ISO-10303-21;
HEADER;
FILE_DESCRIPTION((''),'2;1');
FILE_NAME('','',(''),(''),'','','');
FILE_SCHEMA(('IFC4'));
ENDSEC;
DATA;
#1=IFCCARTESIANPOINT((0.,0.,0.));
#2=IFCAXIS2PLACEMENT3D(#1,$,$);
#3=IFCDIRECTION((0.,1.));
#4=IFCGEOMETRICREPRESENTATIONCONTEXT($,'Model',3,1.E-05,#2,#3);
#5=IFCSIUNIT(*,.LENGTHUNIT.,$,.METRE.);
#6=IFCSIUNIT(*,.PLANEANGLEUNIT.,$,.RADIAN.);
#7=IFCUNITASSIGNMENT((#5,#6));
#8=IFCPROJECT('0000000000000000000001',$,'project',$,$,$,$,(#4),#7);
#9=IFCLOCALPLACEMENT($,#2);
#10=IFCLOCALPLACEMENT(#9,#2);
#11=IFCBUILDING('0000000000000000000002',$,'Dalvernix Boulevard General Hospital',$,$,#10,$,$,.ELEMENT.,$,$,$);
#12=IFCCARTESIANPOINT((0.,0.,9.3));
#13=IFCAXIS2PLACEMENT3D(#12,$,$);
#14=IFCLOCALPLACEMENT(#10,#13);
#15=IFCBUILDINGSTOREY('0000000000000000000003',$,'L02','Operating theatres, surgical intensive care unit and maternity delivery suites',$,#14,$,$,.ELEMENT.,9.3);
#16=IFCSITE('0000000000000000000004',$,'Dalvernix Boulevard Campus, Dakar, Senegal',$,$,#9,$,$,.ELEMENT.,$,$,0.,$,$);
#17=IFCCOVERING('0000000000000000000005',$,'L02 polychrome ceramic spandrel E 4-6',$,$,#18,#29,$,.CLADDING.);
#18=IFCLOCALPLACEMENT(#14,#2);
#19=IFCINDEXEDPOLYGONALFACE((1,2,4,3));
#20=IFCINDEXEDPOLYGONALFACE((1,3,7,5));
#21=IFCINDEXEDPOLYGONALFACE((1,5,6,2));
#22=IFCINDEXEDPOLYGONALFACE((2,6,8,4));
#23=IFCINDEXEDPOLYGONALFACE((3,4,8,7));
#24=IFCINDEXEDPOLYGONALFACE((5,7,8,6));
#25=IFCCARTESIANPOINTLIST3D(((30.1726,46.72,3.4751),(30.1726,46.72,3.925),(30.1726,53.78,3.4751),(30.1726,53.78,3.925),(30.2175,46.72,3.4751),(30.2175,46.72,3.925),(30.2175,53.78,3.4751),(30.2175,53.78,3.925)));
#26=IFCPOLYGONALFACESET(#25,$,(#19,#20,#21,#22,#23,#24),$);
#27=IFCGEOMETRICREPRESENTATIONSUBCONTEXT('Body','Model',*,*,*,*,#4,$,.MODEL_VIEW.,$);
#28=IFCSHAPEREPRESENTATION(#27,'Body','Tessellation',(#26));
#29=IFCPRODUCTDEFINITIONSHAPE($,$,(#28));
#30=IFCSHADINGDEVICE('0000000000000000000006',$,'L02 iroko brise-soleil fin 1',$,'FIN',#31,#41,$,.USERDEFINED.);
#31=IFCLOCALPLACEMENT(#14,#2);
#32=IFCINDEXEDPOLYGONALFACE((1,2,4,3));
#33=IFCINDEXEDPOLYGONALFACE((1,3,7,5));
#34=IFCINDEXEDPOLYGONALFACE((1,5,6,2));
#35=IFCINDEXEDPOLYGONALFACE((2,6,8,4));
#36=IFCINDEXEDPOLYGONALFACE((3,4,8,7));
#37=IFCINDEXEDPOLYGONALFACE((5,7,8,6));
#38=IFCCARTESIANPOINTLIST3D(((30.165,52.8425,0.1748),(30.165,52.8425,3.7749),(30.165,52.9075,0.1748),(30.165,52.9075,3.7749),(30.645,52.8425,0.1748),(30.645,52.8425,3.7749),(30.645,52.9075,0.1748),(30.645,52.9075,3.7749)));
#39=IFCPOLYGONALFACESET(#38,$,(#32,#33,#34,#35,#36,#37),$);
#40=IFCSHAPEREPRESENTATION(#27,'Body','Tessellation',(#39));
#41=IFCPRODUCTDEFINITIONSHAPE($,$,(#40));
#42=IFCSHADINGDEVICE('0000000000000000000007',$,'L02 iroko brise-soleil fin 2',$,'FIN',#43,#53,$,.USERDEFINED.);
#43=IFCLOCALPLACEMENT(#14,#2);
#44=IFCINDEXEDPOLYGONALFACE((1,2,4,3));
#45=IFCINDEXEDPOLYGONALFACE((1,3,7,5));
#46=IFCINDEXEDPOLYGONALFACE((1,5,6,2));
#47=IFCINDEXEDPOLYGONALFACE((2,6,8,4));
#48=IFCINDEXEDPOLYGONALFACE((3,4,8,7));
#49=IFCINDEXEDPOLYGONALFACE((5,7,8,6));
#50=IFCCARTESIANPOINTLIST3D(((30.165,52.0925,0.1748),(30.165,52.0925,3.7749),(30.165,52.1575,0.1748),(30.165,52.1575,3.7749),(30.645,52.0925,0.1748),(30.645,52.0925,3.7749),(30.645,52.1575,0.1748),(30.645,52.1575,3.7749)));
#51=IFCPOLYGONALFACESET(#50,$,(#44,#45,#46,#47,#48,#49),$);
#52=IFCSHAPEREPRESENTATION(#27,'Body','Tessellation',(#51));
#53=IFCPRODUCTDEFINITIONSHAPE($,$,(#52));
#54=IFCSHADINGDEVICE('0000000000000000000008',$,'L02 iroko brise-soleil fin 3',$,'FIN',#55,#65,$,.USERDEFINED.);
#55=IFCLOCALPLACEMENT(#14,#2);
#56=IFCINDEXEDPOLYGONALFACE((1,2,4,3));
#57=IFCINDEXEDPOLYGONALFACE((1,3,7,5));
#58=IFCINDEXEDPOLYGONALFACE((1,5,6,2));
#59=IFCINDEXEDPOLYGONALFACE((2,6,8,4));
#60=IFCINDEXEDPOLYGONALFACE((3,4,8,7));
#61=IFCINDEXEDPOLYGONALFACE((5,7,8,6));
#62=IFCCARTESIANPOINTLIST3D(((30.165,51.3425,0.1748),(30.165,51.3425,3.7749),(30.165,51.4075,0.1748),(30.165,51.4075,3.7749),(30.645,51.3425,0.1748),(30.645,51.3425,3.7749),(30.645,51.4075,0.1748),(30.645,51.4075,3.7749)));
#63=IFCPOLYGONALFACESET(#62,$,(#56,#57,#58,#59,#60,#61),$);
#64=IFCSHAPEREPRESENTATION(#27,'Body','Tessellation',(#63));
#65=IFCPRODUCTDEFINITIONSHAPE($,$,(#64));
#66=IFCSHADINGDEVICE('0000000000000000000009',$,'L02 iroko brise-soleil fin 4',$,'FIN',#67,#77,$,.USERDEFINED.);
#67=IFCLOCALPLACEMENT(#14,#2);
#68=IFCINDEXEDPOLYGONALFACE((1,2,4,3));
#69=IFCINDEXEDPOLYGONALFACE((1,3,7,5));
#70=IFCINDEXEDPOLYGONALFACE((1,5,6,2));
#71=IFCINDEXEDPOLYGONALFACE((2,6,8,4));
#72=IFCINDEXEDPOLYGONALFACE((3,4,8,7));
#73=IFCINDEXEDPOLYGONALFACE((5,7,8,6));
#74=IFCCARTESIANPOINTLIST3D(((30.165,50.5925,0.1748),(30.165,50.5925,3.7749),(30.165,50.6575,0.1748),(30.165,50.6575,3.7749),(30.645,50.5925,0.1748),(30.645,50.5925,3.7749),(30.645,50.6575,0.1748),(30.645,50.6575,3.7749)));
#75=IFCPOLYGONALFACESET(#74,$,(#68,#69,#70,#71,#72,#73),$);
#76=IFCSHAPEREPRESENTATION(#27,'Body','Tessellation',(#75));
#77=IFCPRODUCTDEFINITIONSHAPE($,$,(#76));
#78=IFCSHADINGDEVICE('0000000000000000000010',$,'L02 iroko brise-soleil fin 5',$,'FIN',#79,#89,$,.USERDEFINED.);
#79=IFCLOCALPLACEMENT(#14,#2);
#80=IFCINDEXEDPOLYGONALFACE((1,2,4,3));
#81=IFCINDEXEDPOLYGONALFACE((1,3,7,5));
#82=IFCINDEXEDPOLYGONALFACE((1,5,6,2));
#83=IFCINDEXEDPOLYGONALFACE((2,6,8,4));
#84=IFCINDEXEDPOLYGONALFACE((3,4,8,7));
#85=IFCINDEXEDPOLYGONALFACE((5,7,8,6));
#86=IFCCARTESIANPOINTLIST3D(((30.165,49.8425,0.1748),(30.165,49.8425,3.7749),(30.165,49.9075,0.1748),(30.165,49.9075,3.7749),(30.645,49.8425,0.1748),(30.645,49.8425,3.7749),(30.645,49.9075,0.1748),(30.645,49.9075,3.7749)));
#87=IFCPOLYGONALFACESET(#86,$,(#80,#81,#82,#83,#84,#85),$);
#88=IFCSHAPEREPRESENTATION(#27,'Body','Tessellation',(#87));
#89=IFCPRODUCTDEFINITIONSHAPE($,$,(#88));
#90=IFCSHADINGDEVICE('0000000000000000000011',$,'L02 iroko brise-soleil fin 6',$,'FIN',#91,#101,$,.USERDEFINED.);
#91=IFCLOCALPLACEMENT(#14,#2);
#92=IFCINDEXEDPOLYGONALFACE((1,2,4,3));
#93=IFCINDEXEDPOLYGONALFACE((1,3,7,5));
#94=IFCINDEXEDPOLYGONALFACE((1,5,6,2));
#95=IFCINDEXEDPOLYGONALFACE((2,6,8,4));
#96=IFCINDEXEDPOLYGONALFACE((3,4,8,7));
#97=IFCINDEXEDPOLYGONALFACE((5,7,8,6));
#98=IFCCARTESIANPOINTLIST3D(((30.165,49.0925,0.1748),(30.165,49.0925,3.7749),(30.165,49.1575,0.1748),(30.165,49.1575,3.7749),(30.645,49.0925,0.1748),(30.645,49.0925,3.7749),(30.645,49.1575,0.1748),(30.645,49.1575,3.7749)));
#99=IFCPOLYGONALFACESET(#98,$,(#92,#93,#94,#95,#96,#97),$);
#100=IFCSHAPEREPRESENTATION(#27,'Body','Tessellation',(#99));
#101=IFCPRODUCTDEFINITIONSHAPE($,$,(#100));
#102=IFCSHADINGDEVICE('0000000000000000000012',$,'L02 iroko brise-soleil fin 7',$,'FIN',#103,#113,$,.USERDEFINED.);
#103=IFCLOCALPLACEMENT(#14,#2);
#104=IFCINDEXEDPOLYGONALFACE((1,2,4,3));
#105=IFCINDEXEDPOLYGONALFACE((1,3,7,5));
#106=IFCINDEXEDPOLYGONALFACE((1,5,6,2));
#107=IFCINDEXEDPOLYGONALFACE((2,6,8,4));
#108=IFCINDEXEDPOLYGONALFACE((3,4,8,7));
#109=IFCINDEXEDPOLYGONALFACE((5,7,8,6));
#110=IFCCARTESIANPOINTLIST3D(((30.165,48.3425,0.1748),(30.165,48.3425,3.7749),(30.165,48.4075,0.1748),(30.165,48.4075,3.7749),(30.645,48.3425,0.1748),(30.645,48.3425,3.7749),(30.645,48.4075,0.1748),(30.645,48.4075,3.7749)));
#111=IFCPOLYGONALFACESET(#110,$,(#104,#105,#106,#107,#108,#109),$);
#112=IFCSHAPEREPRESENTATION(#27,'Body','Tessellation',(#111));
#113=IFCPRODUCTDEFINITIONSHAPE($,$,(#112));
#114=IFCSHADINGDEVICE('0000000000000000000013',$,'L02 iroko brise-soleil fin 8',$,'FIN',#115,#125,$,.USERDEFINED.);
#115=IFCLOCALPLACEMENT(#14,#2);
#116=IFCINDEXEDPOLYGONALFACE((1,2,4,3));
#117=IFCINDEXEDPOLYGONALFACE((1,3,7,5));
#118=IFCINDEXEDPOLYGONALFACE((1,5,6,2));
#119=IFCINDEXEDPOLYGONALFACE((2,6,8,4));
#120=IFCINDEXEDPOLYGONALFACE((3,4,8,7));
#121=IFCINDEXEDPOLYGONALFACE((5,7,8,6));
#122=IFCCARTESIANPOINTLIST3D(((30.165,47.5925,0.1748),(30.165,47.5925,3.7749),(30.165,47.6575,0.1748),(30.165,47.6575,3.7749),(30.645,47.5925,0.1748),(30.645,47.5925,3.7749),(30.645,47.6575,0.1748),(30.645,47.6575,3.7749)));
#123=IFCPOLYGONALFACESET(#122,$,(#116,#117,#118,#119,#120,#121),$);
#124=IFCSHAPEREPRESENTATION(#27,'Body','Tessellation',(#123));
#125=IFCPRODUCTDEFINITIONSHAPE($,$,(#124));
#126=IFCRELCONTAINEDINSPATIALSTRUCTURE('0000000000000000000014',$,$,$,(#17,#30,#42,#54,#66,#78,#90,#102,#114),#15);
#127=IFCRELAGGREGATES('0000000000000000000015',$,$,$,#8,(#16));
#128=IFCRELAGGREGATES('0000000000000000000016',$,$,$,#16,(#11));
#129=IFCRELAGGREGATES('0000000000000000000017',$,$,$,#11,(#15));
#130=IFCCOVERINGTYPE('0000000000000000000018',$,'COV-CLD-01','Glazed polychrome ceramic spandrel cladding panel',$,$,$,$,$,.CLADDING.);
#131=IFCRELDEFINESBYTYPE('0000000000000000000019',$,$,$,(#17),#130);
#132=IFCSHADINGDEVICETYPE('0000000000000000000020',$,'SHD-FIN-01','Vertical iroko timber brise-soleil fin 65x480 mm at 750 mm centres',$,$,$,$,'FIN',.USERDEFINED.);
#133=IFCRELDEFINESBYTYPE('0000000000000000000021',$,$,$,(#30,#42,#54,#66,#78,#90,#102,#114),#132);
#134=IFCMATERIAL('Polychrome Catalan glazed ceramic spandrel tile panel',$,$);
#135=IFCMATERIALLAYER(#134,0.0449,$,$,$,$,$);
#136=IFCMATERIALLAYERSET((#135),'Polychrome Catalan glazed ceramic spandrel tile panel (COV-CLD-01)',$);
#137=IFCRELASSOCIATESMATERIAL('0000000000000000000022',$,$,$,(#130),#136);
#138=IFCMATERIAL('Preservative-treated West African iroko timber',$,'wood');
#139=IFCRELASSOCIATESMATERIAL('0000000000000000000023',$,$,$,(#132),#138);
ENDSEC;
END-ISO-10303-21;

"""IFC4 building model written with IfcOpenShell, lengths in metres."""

from ifc_helpers import new_model, si_unit, direction, frame, origin, origin_2d, place, context, subcontext, project, spatial, rectangle, extrude, material, layer, layer_set, type_object, element, save


model = new_model("IFC4")

# Units and contexts
model_context = context("Model", 3, precision=1e-05, world=origin(), true_north=direction((0.0, 1.0)))
body_context = subcontext(model_context, "Body", "Model", "MODEL_VIEW")
ifc_project = project(units=[si_unit("LENGTHUNIT", "METRE"), si_unit("PLANEANGLEUNIT", "RADIAN")], contexts=[model_context])

# Site, building, storey
site_placement = place(None, origin())
site = spatial("IfcSite", under=ifc_project, at=site_placement, Name="Dalvernix Boulevard Campus, Dakar, Senegal", CompositionType="ELEMENT", RefElevation=0.0)
building_placement = place(site_placement, origin())
building = spatial("IfcBuilding", under=site, at=building_placement, Name="Dalvernix Boulevard General Hospital", CompositionType="ELEMENT")
storey_placement = place(building_placement, frame((0.0, 0.0, 9.3)))
storey = spatial("IfcBuildingStorey", under=building, at=storey_placement, Name="L02", Description="Operating theatres, surgical intensive care unit and maternity delivery suites", CompositionType="ELEMENT", Elevation=9.3)

# Covering
ifc_material_1 = material(Name="Polychrome Catalan glazed ceramic spandrel tile panel")
ifc_layer_1 = layer(ifc_material_1, 0.0449)
ifc_layer_set_1 = layer_set([ifc_layer_1], Name="Polychrome Catalan glazed ceramic spandrel tile panel (COV-CLD-01)")
covering_type_1 = type_object("IfcCoveringType", Name="COV-CLD-01", Description="Glazed polychrome ceramic spandrel cladding panel", PredefinedType="CLADDING", material=ifc_layer_set_1)
covering_1_placement = place(storey_placement, frame((30.1951, 50.25, 3.4751), z_axis=(0.0, 0.0, 1.0), x_axis=(0.0, -1.0, 0.0)))
element("IfcCovering", 1, at=covering_1_placement, inside=storey, type_object=covering_type_1, Name="L02 polychrome ceramic spandrel E 4-6", PredefinedType="CLADDING", context=body_context, shape_type="SweptSolid", body=[
    extrude(rectangle(XDim=7.0601, YDim=0.0449, at=origin_2d()), origin(), (0.0, 0.0, 1.0), 0.45),
])

# Shading devices
ifc_material_2 = material(Name="Preservative-treated West African iroko timber", Category="wood")
shading_device_type = type_object("IfcShadingDeviceType", Name="SHD-FIN-01", Description="Vertical iroko timber brise-soleil fin 65x480 mm at 750 mm centres", ElementType="FIN", PredefinedType="USERDEFINED", material=ifc_material_2)
for number, where, z_axis, x_axis, name in (
    (2, (30.405, 52.875, 0.1748), (0.0, 0.0, 1.0), (0.0, -1.0, 0.0), "L02 iroko brise-soleil fin 1"),
    (3, (30.405, 52.125, 0.1748), (0.0, 0.0, 1.0), (0.0, -1.0, 0.0), "L02 iroko brise-soleil fin 2"),
    (4, (30.405, 51.375, 0.1748), (0.0, 0.0, 1.0), (0.0, -1.0, 0.0), "L02 iroko brise-soleil fin 3"),
    (5, (30.405, 50.625, 0.1748), (0.0, 0.0, 1.0), (0.0, -1.0, 0.0), "L02 iroko brise-soleil fin 4"),
    (6, (30.405, 49.875, 0.1748), (0.0, 0.0, 1.0), (0.0, -1.0, 0.0), "L02 iroko brise-soleil fin 5"),
    (7, (30.405, 49.125, 0.1748), (0.0, 0.0, 1.0), (0.0, -1.0, 0.0), "L02 iroko brise-soleil fin 6"),
    (8, (30.405, 48.375, 0.1748), (0.0, 0.0, 1.0), (0.0, -1.0, 0.0), "L02 iroko brise-soleil fin 7"),
    (9, (30.405, 47.625, 0.1748), (0.0, 0.0, 1.0), (0.0, -1.0, 0.0), "L02 iroko brise-soleil fin 8"),
):
    element("IfcShadingDevice", number, at=place(storey_placement, frame(where, z_axis=z_axis, x_axis=x_axis)), inside=storey, type_object=shading_device_type, Name=name, ObjectType="FIN", PredefinedType="USERDEFINED", context=body_context, shape_type="SweptSolid", body=[
        extrude(rectangle(XDim=0.0649, YDim=0.48, at=origin_2d()), origin(), (0.0, 0.0, 1.0), 3.6001),
    ])

save(model, "model.ifc")
